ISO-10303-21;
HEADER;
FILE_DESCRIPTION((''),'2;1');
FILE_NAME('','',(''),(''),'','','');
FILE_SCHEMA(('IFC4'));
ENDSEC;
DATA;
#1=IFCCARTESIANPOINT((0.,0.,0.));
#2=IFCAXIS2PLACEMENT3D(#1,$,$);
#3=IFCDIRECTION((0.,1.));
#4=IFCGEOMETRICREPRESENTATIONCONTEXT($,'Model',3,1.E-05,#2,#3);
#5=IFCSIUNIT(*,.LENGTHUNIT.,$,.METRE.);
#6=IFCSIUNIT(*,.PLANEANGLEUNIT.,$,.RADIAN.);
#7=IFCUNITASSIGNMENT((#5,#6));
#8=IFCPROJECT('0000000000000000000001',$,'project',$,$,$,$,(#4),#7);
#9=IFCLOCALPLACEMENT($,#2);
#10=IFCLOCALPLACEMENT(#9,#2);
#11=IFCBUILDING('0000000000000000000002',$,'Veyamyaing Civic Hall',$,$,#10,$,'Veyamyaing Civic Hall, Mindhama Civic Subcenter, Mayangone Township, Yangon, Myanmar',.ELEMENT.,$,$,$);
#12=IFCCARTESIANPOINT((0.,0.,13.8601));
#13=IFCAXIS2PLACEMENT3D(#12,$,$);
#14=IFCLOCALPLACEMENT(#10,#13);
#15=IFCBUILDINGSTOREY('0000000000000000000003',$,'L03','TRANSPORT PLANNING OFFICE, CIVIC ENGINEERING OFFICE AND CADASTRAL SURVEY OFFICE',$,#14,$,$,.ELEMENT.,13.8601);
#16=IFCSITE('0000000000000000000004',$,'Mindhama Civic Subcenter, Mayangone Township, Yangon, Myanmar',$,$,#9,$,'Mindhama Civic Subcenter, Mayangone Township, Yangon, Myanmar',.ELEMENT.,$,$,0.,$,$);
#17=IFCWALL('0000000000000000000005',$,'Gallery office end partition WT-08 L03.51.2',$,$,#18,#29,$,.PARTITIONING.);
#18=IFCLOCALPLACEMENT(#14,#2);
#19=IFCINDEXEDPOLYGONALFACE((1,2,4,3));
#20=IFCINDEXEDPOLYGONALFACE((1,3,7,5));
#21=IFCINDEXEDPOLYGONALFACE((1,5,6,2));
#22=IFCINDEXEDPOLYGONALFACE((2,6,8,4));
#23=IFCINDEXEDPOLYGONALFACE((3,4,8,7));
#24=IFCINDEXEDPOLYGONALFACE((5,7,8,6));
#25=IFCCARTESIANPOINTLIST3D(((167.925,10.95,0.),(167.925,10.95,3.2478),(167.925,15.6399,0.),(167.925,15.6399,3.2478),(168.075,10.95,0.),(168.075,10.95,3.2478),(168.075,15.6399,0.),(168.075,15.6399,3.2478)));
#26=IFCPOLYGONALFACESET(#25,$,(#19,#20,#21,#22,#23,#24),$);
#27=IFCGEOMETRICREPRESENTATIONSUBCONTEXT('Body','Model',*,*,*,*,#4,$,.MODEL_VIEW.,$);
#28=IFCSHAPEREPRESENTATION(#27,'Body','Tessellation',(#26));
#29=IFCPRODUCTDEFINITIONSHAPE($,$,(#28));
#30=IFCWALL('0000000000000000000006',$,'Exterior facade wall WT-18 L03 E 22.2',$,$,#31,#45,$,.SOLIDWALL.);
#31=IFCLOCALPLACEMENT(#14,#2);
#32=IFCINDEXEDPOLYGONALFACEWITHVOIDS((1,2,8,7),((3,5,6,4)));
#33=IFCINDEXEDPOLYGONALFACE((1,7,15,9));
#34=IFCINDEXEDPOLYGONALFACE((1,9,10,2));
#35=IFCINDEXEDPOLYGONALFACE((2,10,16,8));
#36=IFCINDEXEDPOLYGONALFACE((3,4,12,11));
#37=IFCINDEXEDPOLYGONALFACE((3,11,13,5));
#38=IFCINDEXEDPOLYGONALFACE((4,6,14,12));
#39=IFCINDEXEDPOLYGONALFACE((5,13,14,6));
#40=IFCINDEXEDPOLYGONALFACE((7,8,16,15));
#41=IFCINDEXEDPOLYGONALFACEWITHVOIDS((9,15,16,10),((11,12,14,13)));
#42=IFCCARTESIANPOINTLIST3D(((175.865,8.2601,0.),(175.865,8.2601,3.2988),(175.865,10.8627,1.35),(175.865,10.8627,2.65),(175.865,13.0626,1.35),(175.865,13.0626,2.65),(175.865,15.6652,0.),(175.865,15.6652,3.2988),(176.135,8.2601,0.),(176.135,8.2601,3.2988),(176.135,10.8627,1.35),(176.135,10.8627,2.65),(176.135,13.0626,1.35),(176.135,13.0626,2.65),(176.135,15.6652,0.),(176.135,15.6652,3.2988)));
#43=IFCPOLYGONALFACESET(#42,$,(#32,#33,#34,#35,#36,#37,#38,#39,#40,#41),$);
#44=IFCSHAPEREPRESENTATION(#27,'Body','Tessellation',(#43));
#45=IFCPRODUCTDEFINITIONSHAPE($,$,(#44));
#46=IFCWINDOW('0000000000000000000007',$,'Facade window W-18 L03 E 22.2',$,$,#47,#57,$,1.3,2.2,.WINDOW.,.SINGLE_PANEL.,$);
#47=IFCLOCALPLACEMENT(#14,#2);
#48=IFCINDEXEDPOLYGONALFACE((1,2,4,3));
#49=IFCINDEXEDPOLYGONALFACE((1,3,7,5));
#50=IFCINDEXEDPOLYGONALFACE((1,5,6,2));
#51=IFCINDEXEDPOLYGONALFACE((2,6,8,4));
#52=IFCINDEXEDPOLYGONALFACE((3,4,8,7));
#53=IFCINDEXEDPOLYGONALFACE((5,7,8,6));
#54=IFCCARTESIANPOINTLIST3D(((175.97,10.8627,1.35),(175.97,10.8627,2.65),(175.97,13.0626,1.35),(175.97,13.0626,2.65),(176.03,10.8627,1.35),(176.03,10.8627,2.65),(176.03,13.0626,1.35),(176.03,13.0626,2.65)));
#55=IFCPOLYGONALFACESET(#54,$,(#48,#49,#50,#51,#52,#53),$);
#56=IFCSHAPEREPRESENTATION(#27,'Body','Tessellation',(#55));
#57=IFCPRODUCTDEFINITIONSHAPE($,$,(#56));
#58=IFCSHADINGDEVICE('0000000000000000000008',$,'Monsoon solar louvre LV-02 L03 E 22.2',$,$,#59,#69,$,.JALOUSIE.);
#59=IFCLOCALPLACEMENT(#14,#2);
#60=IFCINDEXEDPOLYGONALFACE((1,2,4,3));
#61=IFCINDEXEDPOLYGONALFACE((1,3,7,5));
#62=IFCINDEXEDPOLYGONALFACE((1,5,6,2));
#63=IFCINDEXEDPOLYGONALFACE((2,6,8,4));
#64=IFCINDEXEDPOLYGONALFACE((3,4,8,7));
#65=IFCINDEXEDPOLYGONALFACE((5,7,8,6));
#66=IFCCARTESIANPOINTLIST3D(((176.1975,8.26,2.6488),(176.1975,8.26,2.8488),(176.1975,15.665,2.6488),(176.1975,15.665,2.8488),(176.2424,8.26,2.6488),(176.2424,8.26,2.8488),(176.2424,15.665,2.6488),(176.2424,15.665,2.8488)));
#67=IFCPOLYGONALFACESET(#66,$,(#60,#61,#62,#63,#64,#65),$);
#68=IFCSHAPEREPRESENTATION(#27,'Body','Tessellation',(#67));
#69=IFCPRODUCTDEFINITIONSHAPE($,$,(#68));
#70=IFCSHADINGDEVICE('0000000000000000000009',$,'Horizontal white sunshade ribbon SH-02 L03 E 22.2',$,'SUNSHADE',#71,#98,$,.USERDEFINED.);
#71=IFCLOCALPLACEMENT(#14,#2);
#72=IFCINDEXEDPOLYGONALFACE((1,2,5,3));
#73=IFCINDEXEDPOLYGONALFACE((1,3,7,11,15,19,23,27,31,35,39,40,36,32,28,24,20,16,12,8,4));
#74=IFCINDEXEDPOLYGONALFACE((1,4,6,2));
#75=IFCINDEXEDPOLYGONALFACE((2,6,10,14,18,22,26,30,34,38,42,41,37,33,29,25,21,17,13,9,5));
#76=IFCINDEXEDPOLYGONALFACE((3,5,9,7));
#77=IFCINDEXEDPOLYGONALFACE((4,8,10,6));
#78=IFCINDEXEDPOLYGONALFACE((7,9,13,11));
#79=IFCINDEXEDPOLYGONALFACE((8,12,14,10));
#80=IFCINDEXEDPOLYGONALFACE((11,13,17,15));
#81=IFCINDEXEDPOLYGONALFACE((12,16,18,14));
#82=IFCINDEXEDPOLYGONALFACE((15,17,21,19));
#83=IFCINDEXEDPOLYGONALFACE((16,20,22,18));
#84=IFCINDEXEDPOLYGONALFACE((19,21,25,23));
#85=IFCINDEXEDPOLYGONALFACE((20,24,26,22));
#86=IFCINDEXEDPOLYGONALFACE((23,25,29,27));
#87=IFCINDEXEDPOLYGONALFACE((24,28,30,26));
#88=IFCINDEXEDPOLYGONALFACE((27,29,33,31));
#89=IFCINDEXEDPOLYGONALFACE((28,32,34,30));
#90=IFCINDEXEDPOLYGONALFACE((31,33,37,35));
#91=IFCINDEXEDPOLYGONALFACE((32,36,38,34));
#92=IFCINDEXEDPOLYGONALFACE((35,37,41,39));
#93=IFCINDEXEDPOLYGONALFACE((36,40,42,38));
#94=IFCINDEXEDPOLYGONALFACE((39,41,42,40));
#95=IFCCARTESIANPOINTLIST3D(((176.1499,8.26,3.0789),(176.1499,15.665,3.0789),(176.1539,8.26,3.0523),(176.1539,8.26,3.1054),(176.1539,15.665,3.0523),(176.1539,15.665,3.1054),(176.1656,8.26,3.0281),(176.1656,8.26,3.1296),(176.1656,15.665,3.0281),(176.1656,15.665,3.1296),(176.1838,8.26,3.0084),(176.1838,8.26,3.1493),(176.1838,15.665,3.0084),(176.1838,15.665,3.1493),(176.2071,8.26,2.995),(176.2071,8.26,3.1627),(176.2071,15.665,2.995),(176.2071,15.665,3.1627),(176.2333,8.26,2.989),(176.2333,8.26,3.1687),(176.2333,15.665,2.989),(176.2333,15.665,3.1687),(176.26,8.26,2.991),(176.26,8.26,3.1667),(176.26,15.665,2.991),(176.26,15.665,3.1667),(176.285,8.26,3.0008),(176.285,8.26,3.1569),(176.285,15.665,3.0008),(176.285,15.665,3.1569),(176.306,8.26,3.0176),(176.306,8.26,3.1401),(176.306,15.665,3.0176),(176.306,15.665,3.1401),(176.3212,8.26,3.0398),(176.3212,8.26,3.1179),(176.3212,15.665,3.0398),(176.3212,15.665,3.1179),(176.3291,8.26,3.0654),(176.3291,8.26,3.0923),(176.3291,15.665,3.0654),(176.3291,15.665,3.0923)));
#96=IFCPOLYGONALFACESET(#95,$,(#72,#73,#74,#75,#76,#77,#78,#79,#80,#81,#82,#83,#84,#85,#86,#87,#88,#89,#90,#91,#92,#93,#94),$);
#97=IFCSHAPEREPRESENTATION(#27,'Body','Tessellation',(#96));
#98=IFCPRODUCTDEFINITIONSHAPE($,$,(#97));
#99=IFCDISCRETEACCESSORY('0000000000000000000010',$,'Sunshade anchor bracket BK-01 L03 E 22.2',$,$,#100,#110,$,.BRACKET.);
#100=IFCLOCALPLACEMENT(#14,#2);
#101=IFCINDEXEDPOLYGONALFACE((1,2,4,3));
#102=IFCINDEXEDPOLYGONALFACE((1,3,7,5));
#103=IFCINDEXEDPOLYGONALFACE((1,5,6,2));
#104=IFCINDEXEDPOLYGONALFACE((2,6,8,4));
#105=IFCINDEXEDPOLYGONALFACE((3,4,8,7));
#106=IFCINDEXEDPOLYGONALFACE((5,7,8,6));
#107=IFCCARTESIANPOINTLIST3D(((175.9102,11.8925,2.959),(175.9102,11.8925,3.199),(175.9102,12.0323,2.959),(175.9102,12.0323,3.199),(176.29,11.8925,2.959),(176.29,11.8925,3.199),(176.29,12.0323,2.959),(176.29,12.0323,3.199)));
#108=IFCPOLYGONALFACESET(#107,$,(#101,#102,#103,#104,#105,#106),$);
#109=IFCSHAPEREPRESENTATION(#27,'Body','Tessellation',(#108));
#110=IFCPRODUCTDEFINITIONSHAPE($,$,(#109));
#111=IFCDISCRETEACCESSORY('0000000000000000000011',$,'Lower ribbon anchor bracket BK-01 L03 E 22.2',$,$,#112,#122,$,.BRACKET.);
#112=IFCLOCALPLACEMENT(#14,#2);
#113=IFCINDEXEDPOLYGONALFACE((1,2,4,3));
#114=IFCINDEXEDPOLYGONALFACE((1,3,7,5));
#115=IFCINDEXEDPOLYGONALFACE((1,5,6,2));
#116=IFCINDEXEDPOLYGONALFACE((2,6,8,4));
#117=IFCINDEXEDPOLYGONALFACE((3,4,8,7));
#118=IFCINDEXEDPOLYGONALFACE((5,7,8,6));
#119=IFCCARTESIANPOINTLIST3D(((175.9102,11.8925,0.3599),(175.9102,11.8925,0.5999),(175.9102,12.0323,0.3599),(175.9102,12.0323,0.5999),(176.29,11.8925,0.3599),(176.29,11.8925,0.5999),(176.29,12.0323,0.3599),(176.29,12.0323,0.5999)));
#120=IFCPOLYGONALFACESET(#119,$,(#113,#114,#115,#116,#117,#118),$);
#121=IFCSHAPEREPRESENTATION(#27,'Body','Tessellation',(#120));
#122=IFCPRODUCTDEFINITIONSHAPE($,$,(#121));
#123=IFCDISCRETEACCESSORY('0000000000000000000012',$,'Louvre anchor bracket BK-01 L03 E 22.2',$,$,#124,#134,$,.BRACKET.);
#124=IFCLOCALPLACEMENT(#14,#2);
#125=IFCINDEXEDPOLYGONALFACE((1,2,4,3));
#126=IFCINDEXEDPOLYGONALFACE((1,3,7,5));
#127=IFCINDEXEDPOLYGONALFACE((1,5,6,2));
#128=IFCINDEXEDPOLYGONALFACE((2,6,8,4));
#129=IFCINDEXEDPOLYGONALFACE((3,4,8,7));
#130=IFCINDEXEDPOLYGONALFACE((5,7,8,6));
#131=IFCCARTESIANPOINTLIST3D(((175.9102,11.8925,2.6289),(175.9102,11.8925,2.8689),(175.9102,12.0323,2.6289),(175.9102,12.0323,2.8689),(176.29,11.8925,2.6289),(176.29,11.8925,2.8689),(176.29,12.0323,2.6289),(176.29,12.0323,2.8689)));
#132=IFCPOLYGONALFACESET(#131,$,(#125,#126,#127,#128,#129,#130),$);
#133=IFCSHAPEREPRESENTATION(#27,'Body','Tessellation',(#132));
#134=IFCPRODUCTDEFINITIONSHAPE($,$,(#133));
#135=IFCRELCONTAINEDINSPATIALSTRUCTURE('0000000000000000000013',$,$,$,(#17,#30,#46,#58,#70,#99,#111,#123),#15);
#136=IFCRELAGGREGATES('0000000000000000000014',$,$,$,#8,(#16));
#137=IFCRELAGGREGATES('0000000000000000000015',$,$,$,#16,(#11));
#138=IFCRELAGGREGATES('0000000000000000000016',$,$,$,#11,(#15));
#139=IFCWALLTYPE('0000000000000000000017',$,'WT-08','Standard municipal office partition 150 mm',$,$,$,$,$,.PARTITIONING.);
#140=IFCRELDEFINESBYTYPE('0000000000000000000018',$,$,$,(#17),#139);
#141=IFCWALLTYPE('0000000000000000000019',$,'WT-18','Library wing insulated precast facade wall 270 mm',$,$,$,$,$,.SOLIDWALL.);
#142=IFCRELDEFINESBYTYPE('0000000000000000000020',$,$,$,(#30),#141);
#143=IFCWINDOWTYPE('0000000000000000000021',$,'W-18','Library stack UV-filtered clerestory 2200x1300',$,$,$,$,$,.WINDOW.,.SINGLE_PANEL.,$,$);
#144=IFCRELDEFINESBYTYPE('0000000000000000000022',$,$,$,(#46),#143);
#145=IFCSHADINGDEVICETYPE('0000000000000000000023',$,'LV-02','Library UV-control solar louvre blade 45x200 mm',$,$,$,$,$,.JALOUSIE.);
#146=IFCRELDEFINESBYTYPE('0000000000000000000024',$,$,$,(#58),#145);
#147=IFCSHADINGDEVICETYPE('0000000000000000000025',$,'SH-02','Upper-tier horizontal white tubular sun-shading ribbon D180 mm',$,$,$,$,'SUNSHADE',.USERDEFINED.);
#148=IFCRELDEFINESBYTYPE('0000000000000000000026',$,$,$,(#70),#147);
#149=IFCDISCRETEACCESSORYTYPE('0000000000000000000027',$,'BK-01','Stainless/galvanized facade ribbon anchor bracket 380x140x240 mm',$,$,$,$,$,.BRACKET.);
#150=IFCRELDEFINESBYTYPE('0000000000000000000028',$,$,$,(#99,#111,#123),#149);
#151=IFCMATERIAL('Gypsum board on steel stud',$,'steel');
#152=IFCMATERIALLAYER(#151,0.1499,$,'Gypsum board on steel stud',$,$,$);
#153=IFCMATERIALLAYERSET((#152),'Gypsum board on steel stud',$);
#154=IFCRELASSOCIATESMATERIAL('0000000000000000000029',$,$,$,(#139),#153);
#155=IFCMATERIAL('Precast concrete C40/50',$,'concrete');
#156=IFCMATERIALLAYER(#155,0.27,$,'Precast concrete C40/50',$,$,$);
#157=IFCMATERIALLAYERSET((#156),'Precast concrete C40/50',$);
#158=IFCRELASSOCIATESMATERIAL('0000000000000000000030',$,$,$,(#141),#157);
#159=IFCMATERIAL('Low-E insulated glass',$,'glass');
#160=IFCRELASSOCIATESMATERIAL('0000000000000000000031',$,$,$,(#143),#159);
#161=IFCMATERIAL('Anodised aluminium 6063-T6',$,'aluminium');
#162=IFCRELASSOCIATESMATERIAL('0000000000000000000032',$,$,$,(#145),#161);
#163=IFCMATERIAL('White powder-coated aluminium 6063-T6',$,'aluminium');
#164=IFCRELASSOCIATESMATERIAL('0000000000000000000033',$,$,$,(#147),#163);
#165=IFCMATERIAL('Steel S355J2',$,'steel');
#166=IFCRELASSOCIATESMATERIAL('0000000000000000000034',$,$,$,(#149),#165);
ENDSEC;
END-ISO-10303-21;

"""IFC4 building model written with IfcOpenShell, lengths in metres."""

from ifc_helpers import new_model, si_unit, direction, frame, frame_2d, origin, origin_2d, place, context, subcontext, project, spatial, rectangle, circle, extrude, material, layer, layer_set, material_profile, profile_set, type_object, element, fill, save


model = new_model("IFC4")

# Units and contexts
model_context = context("Model", 3, precision=1e-05, world=origin(), true_north=direction((0.0, 1.0)))
body_context = subcontext(model_context, "Body", "Model", "MODEL_VIEW")
ifc_project = project(units=[si_unit("LENGTHUNIT", "METRE"), si_unit("PLANEANGLEUNIT", "RADIAN")], contexts=[model_context])

# Site, building, storey
site_placement = place(None, origin())
site = spatial("IfcSite", under=ifc_project, at=site_placement, Name="Mindhama Civic Subcenter, Mayangone Township, Yangon, Myanmar", LongName="Mindhama Civic Subcenter, Mayangone Township, Yangon, Myanmar", CompositionType="ELEMENT", RefElevation=0.0)
building_placement = place(site_placement, origin())
building = spatial("IfcBuilding", under=site, at=building_placement, Name="Veyamyaing Civic Hall", LongName="Veyamyaing Civic Hall, Mindhama Civic Subcenter, Mayangone Township, Yangon, Myanmar", CompositionType="ELEMENT")
storey_placement = place(building_placement, frame((0.0, 0.0, 13.8601)))
storey = spatial("IfcBuildingStorey", under=building, at=storey_placement, Name="L03", Description="TRANSPORT PLANNING OFFICE, CIVIC ENGINEERING OFFICE AND CADASTRAL SURVEY OFFICE", CompositionType="ELEMENT", Elevation=13.8601)

# Shared definitions
ifc_material_1 = material(Name="Steel S355J2", Category="steel")

# Wall
ifc_material_2 = material(Name="Gypsum board on steel stud", Category="steel")
ifc_layer_1 = layer(ifc_material_2, 0.1499, Name="Gypsum board on steel stud")
ifc_layer_set_1 = layer_set([ifc_layer_1], Name="Gypsum board on steel stud")
wall_type_1 = type_object("IfcWallType", Name="WT-08", Description="Standard municipal office partition 150 mm", PredefinedType="PARTITIONING", material=ifc_layer_set_1)
wall_1_placement = place(storey_placement, frame((168.0, 10.95, 0.0), z_axis=(0.0, 0.0, 1.0), x_axis=(0.0, 1.0, 0.0)))
element("IfcWall", 1, at=wall_1_placement, inside=storey, type_object=wall_type_1, Name="Gallery office end partition WT-08 L03.51.2", PredefinedType="PARTITIONING", context=body_context, shape_type="SweptSolid", body=[
    extrude(rectangle(XDim=4.6899, YDim=0.1499, at=frame_2d((2.345, 0.0))), origin(), (0.0, 0.0, 1.0), 3.2478),
])

# Wall, opening, window
ifc_material_3 = material(Name="Precast concrete C40/50", Category="concrete")
ifc_layer_2 = layer(ifc_material_3, 0.27, Name="Precast concrete C40/50")
ifc_layer_set_2 = layer_set([ifc_layer_2], Name="Precast concrete C40/50")
wall_type_2 = type_object("IfcWallType", Name="WT-18", Description="Library wing insulated precast facade wall 270 mm", PredefinedType="SOLIDWALL", material=ifc_layer_set_2)
wall_2_placement = place(storey_placement, frame((176.0, 8.26, 0.0), z_axis=(0.0, 0.0, 1.0), x_axis=(0.0, 1.0, 0.0)))
wall_2 = element("IfcWall", 2, at=wall_2_placement, inside=storey, type_object=wall_type_2, Name="Exterior facade wall WT-18 L03 E 22.2", PredefinedType="SOLIDWALL", context=body_context, shape_type="SweptSolid", body=[
    extrude(rectangle(XDim=7.405, YDim=0.27, at=frame_2d((3.7026, 0.0))), origin(), (0.0, 0.0, 1.0), 3.2988),
])
opening_1_placement = place(wall_2_placement, frame((2.6025, 0.0, 1.3501)))
opening_1 = element("IfcOpeningElement", 3, at=opening_1_placement, cuts=wall_2, PredefinedType="OPENING", context=body_context, shape_type="SweptSolid", body=[
    extrude(rectangle(XDim=2.2, YDim=1.3, at=frame_2d((1.1001, 0.6499))), frame((0.0, 0.145, 0.0), z_axis=(0.0, -1.0, 0.0), x_axis=(1.0, 0.0, 0.0)), (0.0, 0.0, 1.0), 0.29),
])
ifc_material_4 = material(Name="Low-E insulated glass", Category="glass")
window_type = type_object("IfcWindowType", Name="W-18", Description="Library stack UV-filtered clerestory 2200x1300", PartitioningType="SINGLE_PANEL", PredefinedType="WINDOW", material=ifc_material_4)
window_placement = place(opening_1_placement, origin())
window = element("IfcWindow", 4, at=window_placement, inside=storey, type_object=window_type, Name="Facade window W-18 L03 E 22.2", OverallHeight=1.3, OverallWidth=2.2, PartitioningType="SINGLE_PANEL", PredefinedType="WINDOW", context=body_context, shape_type="SweptSolid", body=[
    extrude(rectangle(XDim=2.2, YDim=1.3, at=frame_2d((1.1001, 0.6499))), frame((0.0, 0.03, 0.0), z_axis=(0.0, -1.0, 0.0), x_axis=(1.0, 0.0, 0.0)), (0.0, 0.0, 1.0), 0.0601),
])
fill(opening_1, window)

# Shading devices
ifc_material_5 = material(Name="Anodised aluminium 6063-T6", Category="aluminium")
ifc_material_profile_1 = material_profile(ifc_material_5, rectangle(XDim=0.0449, YDim=0.2, at=origin_2d()), Name="LOUVRE-BLADE-45X200")
ifc_profile_set_1 = profile_set([ifc_material_profile_1], Name="Anodised aluminium 6063-T6")
shading_device_type_1 = type_object("IfcShadingDeviceType", Name="LV-02", Description="Library UV-control solar louvre blade 45x200 mm", PredefinedType="JALOUSIE", material=ifc_profile_set_1)
shading_device_1_placement = place(storey_placement, frame((176.22, 8.26, 2.7488), z_axis=(0.0, 1.0, 0.0), x_axis=(-1.0, 0.0, 0.0)))
element("IfcShadingDevice", 5, at=shading_device_1_placement, inside=storey, type_object=shading_device_type_1, Name="Monsoon solar louvre LV-02 L03 E 22.2", PredefinedType="JALOUSIE", context=body_context, shape_type="SweptSolid", body=[
    extrude(rectangle(XDim=0.0449, YDim=0.2, at=origin_2d()), origin(), (0.0, 0.0, 1.0), 7.405),
])
ifc_material_6 = material(Name="White powder-coated aluminium 6063-T6", Category="aluminium")
ifc_material_profile_2 = material_profile(ifc_material_6, circle(Radius=0.0901, at=origin_2d()), Name="SHADE-TUBE-180")
ifc_profile_set_2 = profile_set([ifc_material_profile_2], Name="White powder-coated aluminium 6063-T6")
shading_device_type_2 = type_object("IfcShadingDeviceType", Name="SH-02", Description="Upper-tier horizontal white tubular sun-shading ribbon D180 mm", ElementType="SUNSHADE", PredefinedType="USERDEFINED", material=ifc_profile_set_2)
shading_device_2_placement = place(storey_placement, frame((176.24, 8.26, 3.0789), z_axis=(0.0, 1.0, 0.0), x_axis=(-1.0, 0.0, 0.0)))
element("IfcShadingDevice", 6, at=shading_device_2_placement, inside=storey, type_object=shading_device_type_2, Name="Horizontal white sunshade ribbon SH-02 L03 E 22.2", ObjectType="SUNSHADE", PredefinedType="USERDEFINED", context=body_context, shape_type="SweptSolid", body=[
    extrude(circle(Radius=0.0901, at=origin_2d()), origin(), (0.0, 0.0, 1.0), 7.405),
])

# Discrete accessories
discrete_accessory_type = type_object("IfcDiscreteAccessoryType", Name="BK-01", Description="Stainless/galvanized facade ribbon anchor bracket 380x140x240 mm", PredefinedType="BRACKET", material=ifc_material_1)
for number, where, z_axis, x_axis, name in (
    (7, (176.1001, 11.9624, 2.959), (0.0, 0.0, 1.0), (1.0, 0.0, 0.0), "Sunshade anchor bracket BK-01 L03 E 22.2"),
    (8, (176.1001, 11.9624, 0.3599), (0.0, 0.0, 1.0), (1.0, 0.0, 0.0), "Lower ribbon anchor bracket BK-01 L03 E 22.2"),
    (9, (176.1001, 11.9624, 2.6289), (0.0, 0.0, 1.0), (1.0, 0.0, 0.0), "Louvre anchor bracket BK-01 L03 E 22.2"),
):
    element("IfcDiscreteAccessory", number, at=place(storey_placement, frame(where, z_axis=z_axis, x_axis=x_axis)), inside=storey, type_object=discrete_accessory_type, Name=name, PredefinedType="BRACKET", context=body_context, shape_type="SweptSolid", body=[
        extrude(rectangle(XDim=0.3799, YDim=0.1399, at=origin_2d()), origin(), (0.0, 0.0, 1.0), 0.24),
    ])

save(model, "model.ifc")
